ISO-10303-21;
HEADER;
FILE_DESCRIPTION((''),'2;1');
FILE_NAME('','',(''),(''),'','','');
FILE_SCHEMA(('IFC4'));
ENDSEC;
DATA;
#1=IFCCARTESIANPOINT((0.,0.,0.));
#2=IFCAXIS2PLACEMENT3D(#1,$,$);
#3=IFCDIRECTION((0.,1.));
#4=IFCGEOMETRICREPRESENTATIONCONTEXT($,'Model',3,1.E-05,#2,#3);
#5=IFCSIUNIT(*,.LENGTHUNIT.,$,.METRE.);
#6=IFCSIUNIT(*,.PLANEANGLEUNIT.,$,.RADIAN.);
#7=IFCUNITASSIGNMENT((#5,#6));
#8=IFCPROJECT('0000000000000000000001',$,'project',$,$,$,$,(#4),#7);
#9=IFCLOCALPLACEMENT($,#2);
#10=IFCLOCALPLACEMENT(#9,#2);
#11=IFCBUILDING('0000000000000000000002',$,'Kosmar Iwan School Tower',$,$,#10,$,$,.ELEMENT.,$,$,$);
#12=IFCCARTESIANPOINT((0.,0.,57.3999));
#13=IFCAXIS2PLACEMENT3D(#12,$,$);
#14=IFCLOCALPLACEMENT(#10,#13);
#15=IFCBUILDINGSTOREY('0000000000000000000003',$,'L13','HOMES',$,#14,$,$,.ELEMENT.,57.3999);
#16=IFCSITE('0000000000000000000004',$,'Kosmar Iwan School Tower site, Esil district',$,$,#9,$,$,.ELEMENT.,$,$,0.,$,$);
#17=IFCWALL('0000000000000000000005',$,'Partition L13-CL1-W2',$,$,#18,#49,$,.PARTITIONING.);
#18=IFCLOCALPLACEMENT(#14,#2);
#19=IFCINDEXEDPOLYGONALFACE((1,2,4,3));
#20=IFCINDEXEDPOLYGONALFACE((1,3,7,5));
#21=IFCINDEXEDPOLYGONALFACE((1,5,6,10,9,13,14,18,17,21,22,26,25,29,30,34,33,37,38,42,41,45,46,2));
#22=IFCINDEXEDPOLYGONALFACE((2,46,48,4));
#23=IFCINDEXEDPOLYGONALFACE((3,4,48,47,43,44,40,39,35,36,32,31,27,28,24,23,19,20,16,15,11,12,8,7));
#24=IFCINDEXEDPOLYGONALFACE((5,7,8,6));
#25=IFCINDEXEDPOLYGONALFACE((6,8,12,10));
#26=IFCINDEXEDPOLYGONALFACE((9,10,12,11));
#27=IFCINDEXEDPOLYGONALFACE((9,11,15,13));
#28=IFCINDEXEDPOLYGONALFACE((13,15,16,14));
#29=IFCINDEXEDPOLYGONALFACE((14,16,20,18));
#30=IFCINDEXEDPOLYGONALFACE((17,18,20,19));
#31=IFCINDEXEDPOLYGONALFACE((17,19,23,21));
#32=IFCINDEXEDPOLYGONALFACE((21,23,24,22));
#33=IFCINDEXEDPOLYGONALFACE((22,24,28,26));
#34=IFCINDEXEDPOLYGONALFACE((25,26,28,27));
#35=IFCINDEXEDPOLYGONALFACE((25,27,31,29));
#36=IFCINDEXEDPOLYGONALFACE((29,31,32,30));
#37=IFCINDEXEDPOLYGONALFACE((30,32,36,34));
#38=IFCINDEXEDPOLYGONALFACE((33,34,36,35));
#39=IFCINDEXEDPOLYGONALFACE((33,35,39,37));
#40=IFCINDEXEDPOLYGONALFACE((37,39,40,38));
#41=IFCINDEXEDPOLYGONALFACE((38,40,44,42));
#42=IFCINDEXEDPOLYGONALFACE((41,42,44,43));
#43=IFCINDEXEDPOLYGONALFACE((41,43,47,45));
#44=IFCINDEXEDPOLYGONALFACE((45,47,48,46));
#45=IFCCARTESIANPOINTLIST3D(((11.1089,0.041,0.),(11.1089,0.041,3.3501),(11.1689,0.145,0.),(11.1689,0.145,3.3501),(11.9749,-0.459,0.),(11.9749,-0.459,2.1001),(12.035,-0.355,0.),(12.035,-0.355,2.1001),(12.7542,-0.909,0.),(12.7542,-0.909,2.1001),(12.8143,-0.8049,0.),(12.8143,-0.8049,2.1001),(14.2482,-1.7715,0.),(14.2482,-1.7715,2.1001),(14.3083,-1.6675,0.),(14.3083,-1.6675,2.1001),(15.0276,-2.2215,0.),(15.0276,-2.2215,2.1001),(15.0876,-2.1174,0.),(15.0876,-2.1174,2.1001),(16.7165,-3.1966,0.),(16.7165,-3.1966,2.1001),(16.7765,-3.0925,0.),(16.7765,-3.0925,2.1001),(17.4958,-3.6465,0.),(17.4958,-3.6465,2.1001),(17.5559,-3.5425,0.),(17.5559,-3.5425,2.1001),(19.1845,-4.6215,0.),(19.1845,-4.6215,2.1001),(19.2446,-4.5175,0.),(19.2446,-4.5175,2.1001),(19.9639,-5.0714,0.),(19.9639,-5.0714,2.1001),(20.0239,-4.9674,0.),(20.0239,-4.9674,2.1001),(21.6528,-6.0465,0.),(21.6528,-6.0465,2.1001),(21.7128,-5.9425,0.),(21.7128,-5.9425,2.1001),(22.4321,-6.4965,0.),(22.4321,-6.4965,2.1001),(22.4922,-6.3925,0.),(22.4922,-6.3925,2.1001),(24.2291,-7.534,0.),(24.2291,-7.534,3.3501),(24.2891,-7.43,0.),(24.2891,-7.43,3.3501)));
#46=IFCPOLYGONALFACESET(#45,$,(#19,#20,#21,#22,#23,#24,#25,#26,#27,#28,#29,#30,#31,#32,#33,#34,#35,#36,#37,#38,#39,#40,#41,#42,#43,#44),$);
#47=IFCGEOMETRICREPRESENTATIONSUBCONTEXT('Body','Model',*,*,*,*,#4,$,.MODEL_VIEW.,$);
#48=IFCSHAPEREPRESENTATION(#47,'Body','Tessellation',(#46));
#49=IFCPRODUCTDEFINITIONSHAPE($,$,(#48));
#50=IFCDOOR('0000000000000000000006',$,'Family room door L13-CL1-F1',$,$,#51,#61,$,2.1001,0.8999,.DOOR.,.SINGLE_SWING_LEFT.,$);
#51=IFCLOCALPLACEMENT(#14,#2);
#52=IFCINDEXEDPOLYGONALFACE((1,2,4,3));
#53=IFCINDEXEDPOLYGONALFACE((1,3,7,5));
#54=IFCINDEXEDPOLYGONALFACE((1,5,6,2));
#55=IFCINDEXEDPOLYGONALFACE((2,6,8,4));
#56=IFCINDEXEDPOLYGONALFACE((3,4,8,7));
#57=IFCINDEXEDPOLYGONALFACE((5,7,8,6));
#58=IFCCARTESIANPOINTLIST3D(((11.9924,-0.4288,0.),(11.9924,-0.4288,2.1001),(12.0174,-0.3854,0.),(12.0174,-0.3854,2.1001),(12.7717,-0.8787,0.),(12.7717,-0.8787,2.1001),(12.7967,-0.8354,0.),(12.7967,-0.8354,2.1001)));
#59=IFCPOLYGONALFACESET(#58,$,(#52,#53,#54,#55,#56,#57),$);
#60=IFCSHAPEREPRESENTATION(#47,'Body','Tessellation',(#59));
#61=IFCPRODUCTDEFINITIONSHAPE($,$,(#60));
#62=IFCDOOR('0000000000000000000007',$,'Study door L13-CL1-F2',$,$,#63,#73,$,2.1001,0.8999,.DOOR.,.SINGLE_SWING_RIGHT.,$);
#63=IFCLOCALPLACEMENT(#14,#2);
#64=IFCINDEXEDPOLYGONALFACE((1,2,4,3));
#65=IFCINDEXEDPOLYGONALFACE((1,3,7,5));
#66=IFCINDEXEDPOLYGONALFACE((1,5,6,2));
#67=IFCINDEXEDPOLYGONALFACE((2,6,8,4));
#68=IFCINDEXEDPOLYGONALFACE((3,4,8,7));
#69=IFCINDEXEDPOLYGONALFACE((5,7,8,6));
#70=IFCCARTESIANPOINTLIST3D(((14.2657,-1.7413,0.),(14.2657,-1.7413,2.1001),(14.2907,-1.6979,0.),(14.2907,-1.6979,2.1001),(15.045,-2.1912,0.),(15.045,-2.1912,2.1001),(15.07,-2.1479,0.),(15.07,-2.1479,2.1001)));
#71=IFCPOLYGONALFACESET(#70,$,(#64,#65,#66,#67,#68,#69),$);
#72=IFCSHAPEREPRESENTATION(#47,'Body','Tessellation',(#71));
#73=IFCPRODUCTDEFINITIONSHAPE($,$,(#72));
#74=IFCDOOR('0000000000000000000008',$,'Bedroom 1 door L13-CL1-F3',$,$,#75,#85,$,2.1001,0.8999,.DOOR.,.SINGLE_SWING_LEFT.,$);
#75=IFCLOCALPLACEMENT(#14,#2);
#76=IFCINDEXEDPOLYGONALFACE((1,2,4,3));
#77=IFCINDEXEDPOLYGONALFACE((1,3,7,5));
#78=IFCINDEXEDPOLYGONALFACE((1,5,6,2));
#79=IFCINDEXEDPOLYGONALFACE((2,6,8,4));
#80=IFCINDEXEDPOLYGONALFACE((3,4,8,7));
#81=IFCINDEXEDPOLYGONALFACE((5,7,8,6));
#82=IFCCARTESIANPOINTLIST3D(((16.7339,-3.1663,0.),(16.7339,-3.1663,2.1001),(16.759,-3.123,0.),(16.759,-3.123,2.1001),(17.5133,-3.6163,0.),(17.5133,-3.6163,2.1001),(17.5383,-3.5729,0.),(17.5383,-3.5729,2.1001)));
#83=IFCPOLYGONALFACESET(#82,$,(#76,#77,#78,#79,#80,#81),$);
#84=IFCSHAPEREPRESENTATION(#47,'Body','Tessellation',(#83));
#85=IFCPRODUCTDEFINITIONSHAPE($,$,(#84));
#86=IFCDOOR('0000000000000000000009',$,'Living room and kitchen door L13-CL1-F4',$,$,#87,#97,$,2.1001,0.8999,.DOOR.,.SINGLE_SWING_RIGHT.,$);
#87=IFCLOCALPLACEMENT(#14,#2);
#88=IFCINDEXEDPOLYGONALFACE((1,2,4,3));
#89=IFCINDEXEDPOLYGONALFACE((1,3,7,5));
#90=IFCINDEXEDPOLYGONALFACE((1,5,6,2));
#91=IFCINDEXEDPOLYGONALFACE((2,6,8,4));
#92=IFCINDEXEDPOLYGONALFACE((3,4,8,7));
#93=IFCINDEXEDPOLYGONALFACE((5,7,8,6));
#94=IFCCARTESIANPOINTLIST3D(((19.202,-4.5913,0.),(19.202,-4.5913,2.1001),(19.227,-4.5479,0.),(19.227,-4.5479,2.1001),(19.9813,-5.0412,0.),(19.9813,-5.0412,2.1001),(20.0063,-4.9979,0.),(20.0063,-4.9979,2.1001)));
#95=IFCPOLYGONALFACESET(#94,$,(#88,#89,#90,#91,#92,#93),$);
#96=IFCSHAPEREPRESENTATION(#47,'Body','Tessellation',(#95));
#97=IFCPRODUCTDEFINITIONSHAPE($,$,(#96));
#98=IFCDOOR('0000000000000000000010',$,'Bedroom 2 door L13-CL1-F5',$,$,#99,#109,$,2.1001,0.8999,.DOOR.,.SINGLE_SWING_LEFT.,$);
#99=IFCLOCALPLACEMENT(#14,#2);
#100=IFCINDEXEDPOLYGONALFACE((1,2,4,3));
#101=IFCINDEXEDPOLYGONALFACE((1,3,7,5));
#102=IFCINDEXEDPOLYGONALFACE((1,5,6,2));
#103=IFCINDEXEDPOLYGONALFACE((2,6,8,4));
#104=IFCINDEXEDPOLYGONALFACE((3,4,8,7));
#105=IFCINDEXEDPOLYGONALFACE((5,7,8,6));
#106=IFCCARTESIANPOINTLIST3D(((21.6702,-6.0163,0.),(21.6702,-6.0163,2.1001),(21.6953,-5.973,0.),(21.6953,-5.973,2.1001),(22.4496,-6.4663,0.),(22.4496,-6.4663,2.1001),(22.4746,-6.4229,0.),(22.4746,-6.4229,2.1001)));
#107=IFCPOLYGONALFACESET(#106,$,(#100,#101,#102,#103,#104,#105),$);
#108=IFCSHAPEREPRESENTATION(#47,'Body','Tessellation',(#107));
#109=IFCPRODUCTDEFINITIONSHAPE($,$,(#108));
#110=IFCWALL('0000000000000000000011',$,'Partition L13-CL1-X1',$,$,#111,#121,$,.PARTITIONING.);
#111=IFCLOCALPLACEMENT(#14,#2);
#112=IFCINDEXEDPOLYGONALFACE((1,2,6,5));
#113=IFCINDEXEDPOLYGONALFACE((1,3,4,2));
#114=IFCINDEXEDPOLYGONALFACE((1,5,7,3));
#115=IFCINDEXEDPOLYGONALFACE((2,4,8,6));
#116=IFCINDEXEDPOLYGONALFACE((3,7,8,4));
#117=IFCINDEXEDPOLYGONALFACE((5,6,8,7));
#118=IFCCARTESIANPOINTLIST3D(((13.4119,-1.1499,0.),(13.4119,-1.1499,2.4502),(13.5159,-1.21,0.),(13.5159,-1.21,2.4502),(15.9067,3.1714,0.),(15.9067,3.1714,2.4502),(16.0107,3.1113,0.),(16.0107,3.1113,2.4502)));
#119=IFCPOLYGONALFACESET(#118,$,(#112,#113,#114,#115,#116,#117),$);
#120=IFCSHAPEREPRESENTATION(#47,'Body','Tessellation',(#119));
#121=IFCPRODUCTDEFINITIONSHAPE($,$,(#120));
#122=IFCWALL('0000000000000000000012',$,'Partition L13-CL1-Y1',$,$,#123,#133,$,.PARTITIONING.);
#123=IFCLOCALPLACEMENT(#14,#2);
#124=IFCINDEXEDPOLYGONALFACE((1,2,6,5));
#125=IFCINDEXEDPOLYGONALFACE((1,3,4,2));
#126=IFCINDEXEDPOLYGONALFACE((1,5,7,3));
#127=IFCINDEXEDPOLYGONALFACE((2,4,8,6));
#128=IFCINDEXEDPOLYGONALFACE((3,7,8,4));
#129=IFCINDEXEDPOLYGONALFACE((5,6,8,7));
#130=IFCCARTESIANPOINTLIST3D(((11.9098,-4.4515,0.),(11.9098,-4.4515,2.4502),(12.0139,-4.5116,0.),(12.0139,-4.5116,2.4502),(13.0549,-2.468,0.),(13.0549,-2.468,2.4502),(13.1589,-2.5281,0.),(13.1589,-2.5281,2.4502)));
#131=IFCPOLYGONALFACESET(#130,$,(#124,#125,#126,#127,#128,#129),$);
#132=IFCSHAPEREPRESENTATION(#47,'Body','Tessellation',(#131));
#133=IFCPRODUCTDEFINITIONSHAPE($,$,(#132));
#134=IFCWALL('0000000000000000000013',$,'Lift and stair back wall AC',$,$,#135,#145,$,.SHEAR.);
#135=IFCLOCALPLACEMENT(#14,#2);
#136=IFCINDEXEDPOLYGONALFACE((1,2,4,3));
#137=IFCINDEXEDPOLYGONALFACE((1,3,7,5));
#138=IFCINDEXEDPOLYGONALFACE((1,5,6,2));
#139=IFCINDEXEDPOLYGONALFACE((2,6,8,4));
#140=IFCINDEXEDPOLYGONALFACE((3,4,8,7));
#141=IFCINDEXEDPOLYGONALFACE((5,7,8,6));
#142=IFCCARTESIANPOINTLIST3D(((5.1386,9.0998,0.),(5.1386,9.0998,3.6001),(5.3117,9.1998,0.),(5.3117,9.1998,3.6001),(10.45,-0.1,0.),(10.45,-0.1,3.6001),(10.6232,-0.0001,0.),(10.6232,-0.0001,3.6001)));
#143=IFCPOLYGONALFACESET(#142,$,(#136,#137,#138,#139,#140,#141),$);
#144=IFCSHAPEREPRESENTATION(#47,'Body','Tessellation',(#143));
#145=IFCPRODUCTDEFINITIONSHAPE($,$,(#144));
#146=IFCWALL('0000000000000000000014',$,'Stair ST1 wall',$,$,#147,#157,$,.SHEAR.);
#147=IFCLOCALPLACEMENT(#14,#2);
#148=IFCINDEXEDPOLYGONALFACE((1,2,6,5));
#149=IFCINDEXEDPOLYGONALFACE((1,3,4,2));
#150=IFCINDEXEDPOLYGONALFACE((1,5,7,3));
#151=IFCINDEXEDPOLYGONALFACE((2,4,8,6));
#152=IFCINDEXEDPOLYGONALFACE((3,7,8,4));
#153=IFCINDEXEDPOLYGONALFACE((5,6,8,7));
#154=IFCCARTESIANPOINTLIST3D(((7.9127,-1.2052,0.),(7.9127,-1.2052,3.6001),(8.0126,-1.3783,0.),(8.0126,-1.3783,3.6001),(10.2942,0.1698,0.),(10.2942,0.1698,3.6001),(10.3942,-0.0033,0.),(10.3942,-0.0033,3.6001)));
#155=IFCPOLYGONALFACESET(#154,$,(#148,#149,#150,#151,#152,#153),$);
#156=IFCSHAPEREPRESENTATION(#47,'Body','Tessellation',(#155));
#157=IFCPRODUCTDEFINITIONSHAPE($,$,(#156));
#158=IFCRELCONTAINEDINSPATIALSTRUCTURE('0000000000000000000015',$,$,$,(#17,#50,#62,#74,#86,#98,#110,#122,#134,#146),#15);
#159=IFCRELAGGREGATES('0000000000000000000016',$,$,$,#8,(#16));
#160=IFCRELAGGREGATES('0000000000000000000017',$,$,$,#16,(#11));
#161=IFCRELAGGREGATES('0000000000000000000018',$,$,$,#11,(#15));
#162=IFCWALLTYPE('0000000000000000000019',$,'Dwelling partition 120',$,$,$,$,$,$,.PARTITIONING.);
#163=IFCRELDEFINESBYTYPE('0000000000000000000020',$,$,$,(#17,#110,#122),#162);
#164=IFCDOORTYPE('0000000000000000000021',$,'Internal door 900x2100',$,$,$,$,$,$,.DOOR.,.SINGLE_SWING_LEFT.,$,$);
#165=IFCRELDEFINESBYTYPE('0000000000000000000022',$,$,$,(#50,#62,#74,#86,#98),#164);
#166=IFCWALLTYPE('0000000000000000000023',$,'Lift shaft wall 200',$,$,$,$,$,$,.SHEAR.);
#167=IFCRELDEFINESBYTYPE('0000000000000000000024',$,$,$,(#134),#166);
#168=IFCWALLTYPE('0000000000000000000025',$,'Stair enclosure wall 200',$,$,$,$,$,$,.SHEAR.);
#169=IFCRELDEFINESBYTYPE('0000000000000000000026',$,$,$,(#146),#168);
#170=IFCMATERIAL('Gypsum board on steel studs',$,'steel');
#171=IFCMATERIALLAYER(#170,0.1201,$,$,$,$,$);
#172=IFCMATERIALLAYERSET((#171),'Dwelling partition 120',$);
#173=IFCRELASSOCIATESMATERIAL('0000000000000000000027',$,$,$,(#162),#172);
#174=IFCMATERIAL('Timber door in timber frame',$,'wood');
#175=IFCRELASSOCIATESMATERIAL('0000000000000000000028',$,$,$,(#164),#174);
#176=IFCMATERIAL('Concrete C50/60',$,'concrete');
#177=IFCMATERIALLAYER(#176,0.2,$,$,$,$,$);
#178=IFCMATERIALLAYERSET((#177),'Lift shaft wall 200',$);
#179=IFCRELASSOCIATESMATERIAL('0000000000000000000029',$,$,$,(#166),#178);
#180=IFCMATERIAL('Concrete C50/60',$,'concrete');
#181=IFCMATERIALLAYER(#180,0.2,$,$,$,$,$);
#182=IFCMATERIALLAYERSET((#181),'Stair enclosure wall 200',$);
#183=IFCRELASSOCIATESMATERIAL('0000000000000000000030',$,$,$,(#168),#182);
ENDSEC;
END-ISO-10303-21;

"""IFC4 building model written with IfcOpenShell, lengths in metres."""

from ifc_helpers import new_model, si_unit, direction, frame, frame_2d, origin, place, context, subcontext, project, spatial, rectangle, extrude, material, layer, layer_set, type_object, element, fill, save


model = new_model("IFC4")

# Units and contexts
model_context = context("Model", 3, precision=1e-05, world=origin(), true_north=direction((0.0, 1.0)))
body_context = subcontext(model_context, "Body", "Model", "MODEL_VIEW")
ifc_project = project(units=[si_unit("LENGTHUNIT", "METRE"), si_unit("PLANEANGLEUNIT", "RADIAN")], contexts=[model_context])

# Site, building, storey
site_placement = place(None, origin())
site = spatial("IfcSite", under=ifc_project, at=site_placement, Name="Kosmar Iwan School Tower site, Esil district", CompositionType="ELEMENT", RefElevation=0.0)
building_placement = place(site_placement, origin())
building = spatial("IfcBuilding", under=site, at=building_placement, Name="Kosmar Iwan School Tower", CompositionType="ELEMENT")
storey_placement = place(building_placement, frame((0.0, 0.0, 57.3999)))
storey = spatial("IfcBuildingStorey", under=building, at=storey_placement, Name="L13", Description="HOMES", CompositionType="ELEMENT", Elevation=57.3999)

# Wall, openings, doors
ifc_material_1 = material(Name="Gypsum board on steel studs", Category="steel")
ifc_layer_1 = layer(ifc_material_1, 0.1201)
ifc_layer_set_1 = layer_set([ifc_layer_1], Name="Dwelling partition 120")
wall_type_1 = type_object("IfcWallType", Name="Dwelling partition 120", PredefinedType="PARTITIONING", material=ifc_layer_set_1)
ifc_material_2 = material(Name="Timber door in timber frame", Category="wood")
door_type_1 = type_object("IfcDoorType", Name="Internal door 900x2100", OperationType="SINGLE_SWING_LEFT", PredefinedType="DOOR", material=ifc_material_2)
wall_1_placement = place(storey_placement, frame((11.1389, 0.093, 0.0), z_axis=(0.0, 0.0, 1.0), x_axis=(0.866024, -0.500002, 0.0)))
wall_1 = element("IfcWall", 1, at=wall_1_placement, inside=storey, type_object=wall_type_1, Name="Partition L13-CL1-W2", PredefinedType="PARTITIONING", context=body_context, shape_type="SweptSolid", body=[
    extrude(rectangle(XDim=15.1499, YDim=0.1201, at=frame_2d((7.575, 0.0))), origin(), (0.0, 0.0, 1.0), 3.3501),
])
opening_1_placement = place(wall_1_placement, frame((1.0, 0.0, 0.0)))
opening_1 = element("IfcOpeningElement", 2, at=opening_1_placement, cuts=wall_1, PredefinedType="OPENING", context=body_context, shape_type="SweptSolid", body=[
    extrude(rectangle(XDim=0.8999, YDim=2.1001, at=frame_2d((0.45, 1.05))), frame((0.0, 0.072, 0.0), z_axis=(0.0, -1.0, 0.0), x_axis=(1.0, 0.0, 0.0)), (0.0, 0.0, 1.0), 0.144),
])
opening_2_placement = place(wall_1_placement, frame((3.625, 0.0, 0.0)))
opening_2 = element("IfcOpeningElement", 3, at=opening_2_placement, cuts=wall_1, PredefinedType="OPENING", context=body_context, shape_type="SweptSolid", body=[
    extrude(rectangle(XDim=0.8999, YDim=2.1001, at=frame_2d((0.45, 1.05))), frame((0.0, 0.072, 0.0), z_axis=(0.0, -1.0, 0.0), x_axis=(1.0, 0.0, 0.0)), (0.0, 0.0, 1.0), 0.144),
])
opening_3_placement = place(wall_1_placement, frame((6.4751, 0.0, 0.0)))
opening_3 = element("IfcOpeningElement", 4, at=opening_3_placement, cuts=wall_1, PredefinedType="OPENING", context=body_context, shape_type="SweptSolid", body=[
    extrude(rectangle(XDim=0.8999, YDim=2.1001, at=frame_2d((0.45, 1.05))), frame((0.0, 0.072, 0.0), z_axis=(0.0, -1.0, 0.0), x_axis=(1.0, 0.0, 0.0)), (0.0, 0.0, 1.0), 0.144),
])
opening_4_placement = place(wall_1_placement, frame((9.325, 0.0, 0.0)))
opening_4 = element("IfcOpeningElement", 5, at=opening_4_placement, cuts=wall_1, PredefinedType="OPENING", context=body_context, shape_type="SweptSolid", body=[
    extrude(rectangle(XDim=0.8999, YDim=2.1001, at=frame_2d((0.45, 1.05))), frame((0.0, 0.072, 0.0), z_axis=(0.0, -1.0, 0.0), x_axis=(1.0, 0.0, 0.0)), (0.0, 0.0, 1.0), 0.144),
])
opening_5_placement = place(wall_1_placement, frame((12.175, 0.0, 0.0)))
opening_5 = element("IfcOpeningElement", 6, at=opening_5_placement, cuts=wall_1, PredefinedType="OPENING", context=body_context, shape_type="SweptSolid", body=[
    extrude(rectangle(XDim=0.8999, YDim=2.1001, at=frame_2d((0.45, 1.05))), frame((0.0, 0.072, 0.0), z_axis=(0.0, -1.0, 0.0), x_axis=(1.0, 0.0, 0.0)), (0.0, 0.0, 1.0), 0.144),
])
door_1_placement = place(opening_1_placement, origin())
door_1 = element("IfcDoor", 7, at=door_1_placement, inside=storey, type_object=door_type_1, Name="Family room door L13-CL1-F1", OperationType="SINGLE_SWING_LEFT", OverallHeight=2.1001, OverallWidth=0.8999, PredefinedType="DOOR", context=body_context, shape_type="SweptSolid", body=[
    extrude(rectangle(XDim=0.8999, YDim=2.1001, at=frame_2d((0.45, 1.05))), frame((0.0, 0.0249, 0.0), z_axis=(0.0, -1.0, 0.0), x_axis=(1.0, 0.0, 0.0)), (0.0, 0.0, 1.0), 0.05),
])
fill(opening_1, door_1)
door_2_placement = place(opening_2_placement, origin())
door_2 = element("IfcDoor", 8, at=door_2_placement, inside=storey, type_object=door_type_1, Name="Study door L13-CL1-F2", OperationType="SINGLE_SWING_RIGHT", OverallHeight=2.1001, OverallWidth=0.8999, PredefinedType="DOOR", context=body_context, shape_type="SweptSolid", body=[
    extrude(rectangle(XDim=0.8999, YDim=2.1001, at=frame_2d((0.45, 1.05))), frame((0.0, 0.0249, 0.0), z_axis=(0.0, -1.0, 0.0), x_axis=(1.0, 0.0, 0.0)), (0.0, 0.0, 1.0), 0.05),
])
fill(opening_2, door_2)
door_3_placement = place(opening_3_placement, origin())
door_3 = element("IfcDoor", 9, at=door_3_placement, inside=storey, type_object=door_type_1, Name="Bedroom 1 door L13-CL1-F3", OperationType="SINGLE_SWING_LEFT", OverallHeight=2.1001, OverallWidth=0.8999, PredefinedType="DOOR", context=body_context, shape_type="SweptSolid", body=[
    extrude(rectangle(XDim=0.8999, YDim=2.1001, at=frame_2d((0.45, 1.05))), frame((0.0, 0.0249, 0.0), z_axis=(0.0, -1.0, 0.0), x_axis=(1.0, 0.0, 0.0)), (0.0, 0.0, 1.0), 0.05),
])
fill(opening_3, door_3)
door_4_placement = place(opening_4_placement, origin())
door_4 = element("IfcDoor", 10, at=door_4_placement, inside=storey, type_object=door_type_1, Name="Living room and kitchen door L13-CL1-F4", OperationType="SINGLE_SWING_RIGHT", OverallHeight=2.1001, OverallWidth=0.8999, PredefinedType="DOOR", context=body_context, shape_type="SweptSolid", body=[
    extrude(rectangle(XDim=0.8999, YDim=2.1001, at=frame_2d((0.45, 1.05))), frame((0.0, 0.0249, 0.0), z_axis=(0.0, -1.0, 0.0), x_axis=(1.0, 0.0, 0.0)), (0.0, 0.0, 1.0), 0.05),
])
fill(opening_4, door_4)
door_5_placement = place(opening_5_placement, origin())
door_5 = element("IfcDoor", 11, at=door_5_placement, inside=storey, type_object=door_type_1, Name="Bedroom 2 door L13-CL1-F5", OperationType="SINGLE_SWING_LEFT", OverallHeight=2.1001, OverallWidth=0.8999, PredefinedType="DOOR", context=body_context, shape_type="SweptSolid", body=[
    extrude(rectangle(XDim=0.8999, YDim=2.1001, at=frame_2d((0.45, 1.05))), frame((0.0, 0.0249, 0.0), z_axis=(0.0, -1.0, 0.0), x_axis=(1.0, 0.0, 0.0)), (0.0, 0.0, 1.0), 0.05),
])
fill(opening_5, door_5)

# Walls
wall_2_placement = place(storey_placement, frame((13.4639, -1.1799, 0.0), z_axis=(0.0, 0.0, 1.0), x_axis=(0.499996, 0.866028, 0.0)))
element("IfcWall", 12, at=wall_2_placement, inside=storey, type_object=wall_type_1, Name="Partition L13-CL1-X1", PredefinedType="PARTITIONING", context=body_context, shape_type="SweptSolid", body=[
    extrude(rectangle(XDim=4.9897, YDim=0.1201, at=frame_2d((2.4949, 0.0))), origin(), (0.0, 0.0, 1.0), 2.4502),
])
wall_3_placement = place(storey_placement, frame((11.9619, -4.4814, 0.0), z_axis=(0.0, 0.0, 1.0), x_axis=(0.499969, 0.866044, 0.0)))
element("IfcWall", 13, at=wall_3_placement, inside=storey, type_object=wall_type_1, Name="Partition L13-CL1-Y1", PredefinedType="PARTITIONING", context=body_context, shape_type="SweptSolid", body=[
    extrude(rectangle(XDim=2.2903, YDim=0.1201, at=frame_2d((1.145, 0.0))), origin(), (0.0, 0.0, 1.0), 2.4502),
])
ifc_material_3 = material(Name="Concrete C50/60", Category="concrete")
ifc_layer_2 = layer(ifc_material_3, 0.2)
ifc_layer_set_2 = layer_set([ifc_layer_2], Name="Lift shaft wall 200")
wall_type_2 = type_object("IfcWallType", Name="Lift shaft wall 200", PredefinedType="SHEAR", material=ifc_layer_set_2)
wall_4_placement = place(storey_placement, frame((10.5366, -0.05, 0.0), z_axis=(0.0, 0.0, 1.0), x_axis=(-0.499995, 0.866028, 0.0)))
element("IfcWall", 14, at=wall_4_placement, inside=storey, type_object=wall_type_2, Name="Lift and stair back wall AC", PredefinedType="SHEAR", context=body_context, shape_type="SweptSolid", body=[
    extrude(rectangle(XDim=10.623, YDim=0.2, at=frame_2d((5.3115, 0.0))), origin(), (0.0, 0.0, 1.0), 3.6001),
])
ifc_material_4 = material(Name="Concrete C50/60", Category="concrete")
ifc_layer_3 = layer(ifc_material_4, 0.2)
ifc_layer_set_3 = layer_set([ifc_layer_3], Name="Stair enclosure wall 200")
wall_type_3 = type_object("IfcWallType", Name="Stair enclosure wall 200", PredefinedType="SHEAR", material=ifc_layer_set_3)
wall_5_placement = place(storey_placement, frame((7.9626, -1.2917, 0.0), z_axis=(0.0, 0.0, 1.0), x_axis=(0.866027, 0.499997, 0.0)))
element("IfcWall", 15, at=wall_5_placement, inside=storey, type_object=wall_type_3, Name="Stair ST1 wall", PredefinedType="SHEAR", context=body_context, shape_type="SweptSolid", body=[
    extrude(rectangle(XDim=2.75, YDim=0.2, at=frame_2d((1.375, 0.0))), origin(), (0.0, 0.0, 1.0), 3.6001),
])

save(model, "model.ifc")
